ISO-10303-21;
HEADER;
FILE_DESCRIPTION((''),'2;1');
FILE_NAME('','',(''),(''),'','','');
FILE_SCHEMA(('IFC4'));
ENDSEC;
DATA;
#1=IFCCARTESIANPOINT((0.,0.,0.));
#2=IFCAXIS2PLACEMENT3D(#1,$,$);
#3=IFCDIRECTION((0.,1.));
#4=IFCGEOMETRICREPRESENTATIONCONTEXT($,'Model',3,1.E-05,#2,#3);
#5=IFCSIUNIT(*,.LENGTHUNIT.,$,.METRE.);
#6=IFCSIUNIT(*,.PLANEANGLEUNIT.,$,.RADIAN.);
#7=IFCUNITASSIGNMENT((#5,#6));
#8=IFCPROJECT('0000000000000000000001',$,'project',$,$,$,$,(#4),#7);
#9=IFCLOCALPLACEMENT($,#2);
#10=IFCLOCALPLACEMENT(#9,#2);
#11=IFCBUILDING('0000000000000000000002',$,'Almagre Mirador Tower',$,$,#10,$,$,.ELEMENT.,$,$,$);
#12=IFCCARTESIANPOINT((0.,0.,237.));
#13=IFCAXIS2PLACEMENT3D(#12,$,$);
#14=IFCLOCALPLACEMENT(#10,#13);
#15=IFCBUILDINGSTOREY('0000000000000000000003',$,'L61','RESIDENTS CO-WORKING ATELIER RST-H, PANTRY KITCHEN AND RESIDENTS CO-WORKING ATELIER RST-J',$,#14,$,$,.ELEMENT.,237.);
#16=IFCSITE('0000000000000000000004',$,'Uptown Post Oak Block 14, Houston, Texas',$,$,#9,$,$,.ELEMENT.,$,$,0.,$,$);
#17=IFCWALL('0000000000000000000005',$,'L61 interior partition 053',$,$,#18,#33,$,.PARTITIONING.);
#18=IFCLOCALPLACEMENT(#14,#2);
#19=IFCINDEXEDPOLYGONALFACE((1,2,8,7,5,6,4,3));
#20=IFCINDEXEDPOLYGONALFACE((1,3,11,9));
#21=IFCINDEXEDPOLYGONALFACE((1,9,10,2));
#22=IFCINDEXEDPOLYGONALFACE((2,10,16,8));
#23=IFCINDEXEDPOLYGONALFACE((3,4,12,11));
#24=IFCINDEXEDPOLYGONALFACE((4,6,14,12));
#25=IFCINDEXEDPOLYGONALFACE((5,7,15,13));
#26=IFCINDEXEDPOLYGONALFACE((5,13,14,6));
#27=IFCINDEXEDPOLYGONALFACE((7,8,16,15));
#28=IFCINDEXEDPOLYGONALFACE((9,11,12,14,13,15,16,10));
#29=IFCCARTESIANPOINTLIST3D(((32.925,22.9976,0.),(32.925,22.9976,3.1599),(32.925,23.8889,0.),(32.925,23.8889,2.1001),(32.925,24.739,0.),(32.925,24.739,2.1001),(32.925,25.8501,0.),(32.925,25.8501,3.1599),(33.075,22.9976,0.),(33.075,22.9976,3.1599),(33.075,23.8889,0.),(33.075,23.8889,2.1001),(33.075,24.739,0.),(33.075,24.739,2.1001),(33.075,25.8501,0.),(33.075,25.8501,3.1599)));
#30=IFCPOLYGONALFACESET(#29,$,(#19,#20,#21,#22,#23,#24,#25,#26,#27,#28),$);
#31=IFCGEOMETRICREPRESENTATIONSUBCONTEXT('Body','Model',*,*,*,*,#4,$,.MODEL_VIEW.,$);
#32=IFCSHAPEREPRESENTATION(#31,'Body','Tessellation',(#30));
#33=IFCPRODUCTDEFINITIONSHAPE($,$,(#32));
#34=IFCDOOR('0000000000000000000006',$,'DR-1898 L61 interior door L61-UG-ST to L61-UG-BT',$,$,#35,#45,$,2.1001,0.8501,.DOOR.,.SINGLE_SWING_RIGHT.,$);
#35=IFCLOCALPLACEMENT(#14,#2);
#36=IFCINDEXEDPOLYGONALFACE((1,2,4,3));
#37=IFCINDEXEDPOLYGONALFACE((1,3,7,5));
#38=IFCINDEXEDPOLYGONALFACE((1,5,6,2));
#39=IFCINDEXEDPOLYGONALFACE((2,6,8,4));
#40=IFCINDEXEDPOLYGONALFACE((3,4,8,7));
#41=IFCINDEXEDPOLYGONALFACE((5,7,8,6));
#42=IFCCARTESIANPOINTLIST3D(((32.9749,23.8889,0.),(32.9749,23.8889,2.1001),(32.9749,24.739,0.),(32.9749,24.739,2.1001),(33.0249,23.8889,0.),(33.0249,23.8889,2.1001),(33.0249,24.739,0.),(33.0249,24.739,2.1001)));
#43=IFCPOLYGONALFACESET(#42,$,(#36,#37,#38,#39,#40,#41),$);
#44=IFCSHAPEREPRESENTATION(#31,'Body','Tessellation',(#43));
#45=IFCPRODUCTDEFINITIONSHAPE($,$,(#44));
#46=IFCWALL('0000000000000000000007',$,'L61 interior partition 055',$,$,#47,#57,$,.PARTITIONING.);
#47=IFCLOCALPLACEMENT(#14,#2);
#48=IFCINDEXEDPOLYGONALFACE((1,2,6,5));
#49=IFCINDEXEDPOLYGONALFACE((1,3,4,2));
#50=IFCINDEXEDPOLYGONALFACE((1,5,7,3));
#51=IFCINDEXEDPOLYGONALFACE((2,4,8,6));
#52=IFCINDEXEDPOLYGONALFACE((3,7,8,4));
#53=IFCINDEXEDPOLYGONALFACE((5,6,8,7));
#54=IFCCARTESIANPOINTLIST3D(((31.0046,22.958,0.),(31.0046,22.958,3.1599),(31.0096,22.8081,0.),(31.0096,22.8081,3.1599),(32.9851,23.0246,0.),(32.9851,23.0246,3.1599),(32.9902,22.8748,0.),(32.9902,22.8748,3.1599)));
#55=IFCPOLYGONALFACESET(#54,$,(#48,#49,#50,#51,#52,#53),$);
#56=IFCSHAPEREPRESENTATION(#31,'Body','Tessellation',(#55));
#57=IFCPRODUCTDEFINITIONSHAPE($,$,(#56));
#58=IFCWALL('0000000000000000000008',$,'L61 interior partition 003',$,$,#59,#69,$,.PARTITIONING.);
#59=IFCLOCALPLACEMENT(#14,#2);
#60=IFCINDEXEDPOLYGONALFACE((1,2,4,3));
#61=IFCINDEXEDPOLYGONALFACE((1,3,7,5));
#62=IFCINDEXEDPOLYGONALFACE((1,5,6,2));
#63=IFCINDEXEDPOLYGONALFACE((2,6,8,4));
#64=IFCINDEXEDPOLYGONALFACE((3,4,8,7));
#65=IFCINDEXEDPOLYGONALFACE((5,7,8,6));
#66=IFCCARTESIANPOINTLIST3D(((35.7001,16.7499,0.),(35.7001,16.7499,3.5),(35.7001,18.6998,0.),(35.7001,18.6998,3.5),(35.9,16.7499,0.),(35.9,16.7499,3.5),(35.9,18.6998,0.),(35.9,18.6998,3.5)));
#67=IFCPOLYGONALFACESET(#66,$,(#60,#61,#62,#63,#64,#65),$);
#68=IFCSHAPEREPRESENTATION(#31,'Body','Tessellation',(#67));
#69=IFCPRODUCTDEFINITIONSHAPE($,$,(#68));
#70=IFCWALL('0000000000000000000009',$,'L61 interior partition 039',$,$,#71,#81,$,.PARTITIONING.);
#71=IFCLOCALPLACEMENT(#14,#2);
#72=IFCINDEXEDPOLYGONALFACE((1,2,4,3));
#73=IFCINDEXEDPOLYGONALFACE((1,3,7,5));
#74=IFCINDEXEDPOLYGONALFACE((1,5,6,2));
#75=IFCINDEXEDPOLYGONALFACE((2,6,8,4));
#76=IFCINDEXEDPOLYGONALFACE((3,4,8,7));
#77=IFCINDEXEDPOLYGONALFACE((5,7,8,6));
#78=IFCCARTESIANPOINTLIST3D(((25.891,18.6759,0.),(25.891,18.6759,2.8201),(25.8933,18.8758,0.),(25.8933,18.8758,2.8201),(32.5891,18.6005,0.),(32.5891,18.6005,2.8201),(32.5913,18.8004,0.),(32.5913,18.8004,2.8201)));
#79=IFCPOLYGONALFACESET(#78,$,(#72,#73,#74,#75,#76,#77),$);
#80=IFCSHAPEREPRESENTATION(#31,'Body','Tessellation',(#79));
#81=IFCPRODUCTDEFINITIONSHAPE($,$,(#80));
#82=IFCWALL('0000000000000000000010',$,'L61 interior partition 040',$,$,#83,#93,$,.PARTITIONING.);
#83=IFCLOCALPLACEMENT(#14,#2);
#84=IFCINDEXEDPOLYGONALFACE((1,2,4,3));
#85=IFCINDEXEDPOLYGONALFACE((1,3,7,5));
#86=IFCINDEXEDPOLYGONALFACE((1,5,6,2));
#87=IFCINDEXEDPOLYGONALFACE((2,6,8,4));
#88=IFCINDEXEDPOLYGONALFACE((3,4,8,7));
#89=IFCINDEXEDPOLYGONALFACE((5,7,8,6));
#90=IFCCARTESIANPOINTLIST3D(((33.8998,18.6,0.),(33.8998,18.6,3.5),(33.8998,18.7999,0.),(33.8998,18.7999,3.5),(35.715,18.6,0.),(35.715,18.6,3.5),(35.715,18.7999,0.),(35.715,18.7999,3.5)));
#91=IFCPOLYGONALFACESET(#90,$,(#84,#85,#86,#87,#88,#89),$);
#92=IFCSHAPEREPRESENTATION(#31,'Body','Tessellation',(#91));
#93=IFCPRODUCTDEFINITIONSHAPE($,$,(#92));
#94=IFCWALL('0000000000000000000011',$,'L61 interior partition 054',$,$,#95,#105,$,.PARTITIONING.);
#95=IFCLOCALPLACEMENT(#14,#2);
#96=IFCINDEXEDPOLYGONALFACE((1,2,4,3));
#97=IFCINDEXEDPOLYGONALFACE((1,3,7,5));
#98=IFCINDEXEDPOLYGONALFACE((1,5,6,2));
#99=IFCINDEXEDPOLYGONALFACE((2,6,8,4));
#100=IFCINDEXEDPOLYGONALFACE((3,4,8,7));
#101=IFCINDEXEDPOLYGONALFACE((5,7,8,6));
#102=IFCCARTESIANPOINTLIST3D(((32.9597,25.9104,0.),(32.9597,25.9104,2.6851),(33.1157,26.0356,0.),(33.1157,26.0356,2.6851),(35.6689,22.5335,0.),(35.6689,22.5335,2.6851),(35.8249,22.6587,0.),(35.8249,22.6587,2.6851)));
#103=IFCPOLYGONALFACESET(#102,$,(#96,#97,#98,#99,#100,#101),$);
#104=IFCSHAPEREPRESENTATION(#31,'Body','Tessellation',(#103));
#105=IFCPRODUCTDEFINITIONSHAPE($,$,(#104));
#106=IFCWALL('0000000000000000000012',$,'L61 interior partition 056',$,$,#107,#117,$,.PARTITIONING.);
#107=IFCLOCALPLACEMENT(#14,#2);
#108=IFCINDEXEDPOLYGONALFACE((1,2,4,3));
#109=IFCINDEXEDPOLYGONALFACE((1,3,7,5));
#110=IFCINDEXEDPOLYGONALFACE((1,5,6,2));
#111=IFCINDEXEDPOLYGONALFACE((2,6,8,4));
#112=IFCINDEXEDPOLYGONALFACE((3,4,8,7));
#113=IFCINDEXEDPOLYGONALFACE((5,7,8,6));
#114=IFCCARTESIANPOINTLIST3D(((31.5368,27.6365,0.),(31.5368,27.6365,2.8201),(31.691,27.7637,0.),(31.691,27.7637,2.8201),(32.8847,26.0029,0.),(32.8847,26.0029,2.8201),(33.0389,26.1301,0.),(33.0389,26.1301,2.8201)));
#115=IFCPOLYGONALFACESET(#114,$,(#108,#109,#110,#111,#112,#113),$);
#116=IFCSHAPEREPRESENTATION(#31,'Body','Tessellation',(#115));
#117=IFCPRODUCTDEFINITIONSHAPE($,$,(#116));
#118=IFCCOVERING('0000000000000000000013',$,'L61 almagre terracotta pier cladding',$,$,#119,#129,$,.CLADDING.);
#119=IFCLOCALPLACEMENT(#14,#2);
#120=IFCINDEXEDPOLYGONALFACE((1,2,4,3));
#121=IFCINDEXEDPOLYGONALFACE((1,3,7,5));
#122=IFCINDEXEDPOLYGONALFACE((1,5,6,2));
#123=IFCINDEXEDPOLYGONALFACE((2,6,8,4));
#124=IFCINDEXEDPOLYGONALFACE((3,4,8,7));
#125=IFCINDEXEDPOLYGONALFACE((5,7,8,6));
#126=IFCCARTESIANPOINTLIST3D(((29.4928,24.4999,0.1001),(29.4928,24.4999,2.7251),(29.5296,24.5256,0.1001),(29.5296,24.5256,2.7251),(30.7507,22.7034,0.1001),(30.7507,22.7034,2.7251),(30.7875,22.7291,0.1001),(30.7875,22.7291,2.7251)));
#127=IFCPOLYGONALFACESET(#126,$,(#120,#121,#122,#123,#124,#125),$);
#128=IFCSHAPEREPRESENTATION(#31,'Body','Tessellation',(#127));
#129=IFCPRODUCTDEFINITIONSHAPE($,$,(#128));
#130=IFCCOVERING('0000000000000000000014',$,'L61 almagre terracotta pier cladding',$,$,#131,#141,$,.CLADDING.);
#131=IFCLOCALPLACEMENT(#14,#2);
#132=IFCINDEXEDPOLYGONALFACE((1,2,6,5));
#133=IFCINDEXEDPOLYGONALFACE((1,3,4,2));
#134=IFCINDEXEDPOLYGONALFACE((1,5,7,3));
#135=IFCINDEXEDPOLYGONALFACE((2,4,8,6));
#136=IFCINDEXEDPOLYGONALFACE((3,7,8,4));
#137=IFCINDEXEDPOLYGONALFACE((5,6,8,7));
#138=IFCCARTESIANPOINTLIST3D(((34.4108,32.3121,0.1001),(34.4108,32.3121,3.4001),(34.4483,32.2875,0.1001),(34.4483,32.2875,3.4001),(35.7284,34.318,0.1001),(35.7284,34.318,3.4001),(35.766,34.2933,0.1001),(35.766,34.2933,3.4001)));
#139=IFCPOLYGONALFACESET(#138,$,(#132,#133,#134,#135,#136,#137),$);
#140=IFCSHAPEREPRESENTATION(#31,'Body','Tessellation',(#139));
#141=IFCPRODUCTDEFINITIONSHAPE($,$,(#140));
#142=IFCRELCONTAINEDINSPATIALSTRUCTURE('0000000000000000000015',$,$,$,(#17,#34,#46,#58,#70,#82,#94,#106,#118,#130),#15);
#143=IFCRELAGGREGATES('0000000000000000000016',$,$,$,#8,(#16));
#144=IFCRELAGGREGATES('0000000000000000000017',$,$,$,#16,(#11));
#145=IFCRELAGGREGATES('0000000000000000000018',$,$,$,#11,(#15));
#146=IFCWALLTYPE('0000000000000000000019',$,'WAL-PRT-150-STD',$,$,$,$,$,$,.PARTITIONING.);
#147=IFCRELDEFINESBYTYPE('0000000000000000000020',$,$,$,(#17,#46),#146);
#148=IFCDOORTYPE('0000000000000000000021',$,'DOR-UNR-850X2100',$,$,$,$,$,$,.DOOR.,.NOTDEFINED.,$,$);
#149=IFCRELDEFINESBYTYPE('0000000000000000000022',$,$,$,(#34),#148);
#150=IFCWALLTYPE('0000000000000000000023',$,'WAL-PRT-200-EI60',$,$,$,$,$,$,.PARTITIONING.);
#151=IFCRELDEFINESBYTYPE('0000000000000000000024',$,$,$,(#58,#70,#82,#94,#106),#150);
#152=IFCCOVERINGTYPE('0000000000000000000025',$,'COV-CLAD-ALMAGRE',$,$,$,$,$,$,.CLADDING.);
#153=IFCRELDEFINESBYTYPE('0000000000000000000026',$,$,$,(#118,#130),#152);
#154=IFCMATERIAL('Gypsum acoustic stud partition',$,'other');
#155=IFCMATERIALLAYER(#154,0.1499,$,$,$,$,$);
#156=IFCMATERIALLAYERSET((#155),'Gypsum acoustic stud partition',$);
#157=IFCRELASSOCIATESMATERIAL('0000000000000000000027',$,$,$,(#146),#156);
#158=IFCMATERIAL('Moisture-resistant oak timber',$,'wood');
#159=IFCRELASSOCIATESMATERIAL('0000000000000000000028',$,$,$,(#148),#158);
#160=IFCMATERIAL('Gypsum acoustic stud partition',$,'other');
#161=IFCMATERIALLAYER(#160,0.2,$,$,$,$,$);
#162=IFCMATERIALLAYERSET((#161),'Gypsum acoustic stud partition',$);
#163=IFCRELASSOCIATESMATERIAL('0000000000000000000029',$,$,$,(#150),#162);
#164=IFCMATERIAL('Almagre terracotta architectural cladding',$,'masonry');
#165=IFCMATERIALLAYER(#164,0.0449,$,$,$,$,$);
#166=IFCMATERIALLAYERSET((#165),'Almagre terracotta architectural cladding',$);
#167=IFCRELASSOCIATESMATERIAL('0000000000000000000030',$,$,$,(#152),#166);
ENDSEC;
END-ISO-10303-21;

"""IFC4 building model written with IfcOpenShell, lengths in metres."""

from ifc_helpers import new_model, si_unit, direction, frame, frame_2d, origin, origin_2d, place, context, subcontext, project, spatial, rectangle, extrude, material, layer, layer_set, type_object, element, fill, save


model = new_model("IFC4")

# Units and contexts
model_context = context("Model", 3, precision=1e-05, world=origin(), true_north=direction((0.0, 1.0)))
body_context = subcontext(model_context, "Body", "Model", "MODEL_VIEW")
ifc_project = project(units=[si_unit("LENGTHUNIT", "METRE"), si_unit("PLANEANGLEUNIT", "RADIAN")], contexts=[model_context])

# Site, building, storey
site_placement = place(None, origin())
site = spatial("IfcSite", under=ifc_project, at=site_placement, Name="Uptown Post Oak Block 14, Houston, Texas", CompositionType="ELEMENT", RefElevation=0.0)
building_placement = place(site_placement, origin())
building = spatial("IfcBuilding", under=site, at=building_placement, Name="Almagre Mirador Tower", CompositionType="ELEMENT")
storey_placement = place(building_placement, frame((0.0, 0.0, 237.0)))
storey = spatial("IfcBuildingStorey", under=building, at=storey_placement, Name="L61", Description="RESIDENTS CO-WORKING ATELIER RST-H, PANTRY KITCHEN AND RESIDENTS CO-WORKING ATELIER RST-J", CompositionType="ELEMENT", Elevation=237.0)

# Wall, opening, door
ifc_material_1 = material(Name="Gypsum acoustic stud partition", Category="other")
ifc_layer_1 = layer(ifc_material_1, 0.1499)
ifc_layer_set_1 = layer_set([ifc_layer_1], Name="Gypsum acoustic stud partition")
wall_type_1 = type_object("IfcWallType", Name="WAL-PRT-150-STD", PredefinedType="PARTITIONING", material=ifc_layer_set_1)
wall_1_placement = place(storey_placement, frame((33.0, 25.8501, 0.0), z_axis=(0.0, 0.0, 1.0), x_axis=(0.0, -1.0, 0.0)))
wall_1 = element("IfcWall", 1, at=wall_1_placement, inside=storey, type_object=wall_type_1, Name="L61 interior partition 053", PredefinedType="PARTITIONING", context=body_context, shape_type="SweptSolid", body=[
    extrude(rectangle(XDim=2.8525, YDim=0.1499, at=frame_2d((1.4263, 0.0))), origin(), (0.0, 0.0, 1.0), 3.1599),
])
opening_1_placement = place(wall_1_placement, frame((1.1111, 0.0, 0.0)))
opening_1 = element("IfcOpeningElement", 2, at=opening_1_placement, cuts=wall_1, PredefinedType="OPENING", context=body_context, shape_type="SweptSolid", body=[
    extrude(rectangle(XDim=0.8501, YDim=2.1001, at=frame_2d((0.425, 1.05))), frame((0.0, 0.085, 0.0), z_axis=(0.0, -1.0, 0.0), x_axis=(1.0, 0.0, 0.0)), (0.0, 0.0, 1.0), 0.1699),
])
ifc_material_2 = material(Name="Moisture-resistant oak timber", Category="wood")
door_type_1 = type_object("IfcDoorType", Name="DOR-UNR-850X2100", OperationType="NOTDEFINED", PredefinedType="DOOR", material=ifc_material_2)
door_1_placement = place(opening_1_placement, origin())
door_1 = element("IfcDoor", 3, at=door_1_placement, inside=storey, type_object=door_type_1, Name="DR-1898 L61 interior door L61-UG-ST to L61-UG-BT", OperationType="SINGLE_SWING_RIGHT", OverallHeight=2.1001, OverallWidth=0.8501, PredefinedType="DOOR", context=body_context, shape_type="SweptSolid", body=[
    extrude(rectangle(XDim=0.8501, YDim=2.1001, at=frame_2d((0.425, 1.05))), frame((0.0, 0.0249, 0.0), z_axis=(0.0, -1.0, 0.0), x_axis=(1.0, 0.0, 0.0)), (0.0, 0.0, 1.0), 0.05),
])
fill(opening_1, door_1)

# Walls
wall_2_placement = place(storey_placement, frame((32.9875, 22.9497, 0.0), z_axis=(0.0, 0.0, 1.0), x_axis=(-0.999434, -0.033635, 0.0)))
element("IfcWall", 4, at=wall_2_placement, inside=storey, type_object=wall_type_1, Name="L61 interior partition 055", PredefinedType="PARTITIONING", context=body_context, shape_type="SweptSolid", body=[
    extrude(rectangle(XDim=1.9817, YDim=0.1499, at=frame_2d((0.9907, 0.0))), origin(), (0.0, 0.0, 1.0), 3.1599),
])
ifc_material_3 = material(Name="Gypsum acoustic stud partition", Category="other")
ifc_layer_2 = layer(ifc_material_3, 0.2)
ifc_layer_set_2 = layer_set([ifc_layer_2], Name="Gypsum acoustic stud partition")
wall_type_2 = type_object("IfcWallType", Name="WAL-PRT-200-EI60", PredefinedType="PARTITIONING", material=ifc_layer_set_2)
wall_3_placement = place(storey_placement, frame((35.8, 18.7, 0.0), z_axis=(0.0, 0.0, 1.0), x_axis=(0.0, -1.0, 0.0)))
element("IfcWall", 5, at=wall_3_placement, inside=storey, type_object=wall_type_2, Name="L61 interior partition 003", PredefinedType="PARTITIONING", context=body_context, shape_type="SweptSolid", body=[
    extrude(rectangle(XDim=1.95, YDim=0.2, at=frame_2d((0.9751, 0.0))), origin(), (0.0, 0.0, 1.0), 3.5),
])
wall_4_placement = place(storey_placement, frame((32.5901, 18.7004, 0.0), z_axis=(0.0, 0.0, 1.0), x_axis=(-0.999937, 0.011262, 0.0)))
element("IfcWall", 6, at=wall_4_placement, inside=storey, type_object=wall_type_2, Name="L61 interior partition 039", PredefinedType="PARTITIONING", context=body_context, shape_type="SweptSolid", body=[
    extrude(rectangle(XDim=6.6985, YDim=0.2, at=frame_2d((3.3491, 0.0))), origin(), (0.0, 0.0, 1.0), 2.8201),
])
wall_5_placement = place(storey_placement, frame((35.7151, 18.7, 0.0), z_axis=(0.0, 0.0, 1.0), x_axis=(-1.0, 0.0, 0.0)))
element("IfcWall", 7, at=wall_5_placement, inside=storey, type_object=wall_type_2, Name="L61 interior partition 040", PredefinedType="PARTITIONING", context=body_context, shape_type="SweptSolid", body=[
    extrude(rectangle(XDim=1.8152, YDim=0.2, at=frame_2d((0.9077, 0.0))), origin(), (0.0, 0.0, 1.0), 3.5),
])
wall_6_placement = place(storey_placement, frame((35.7468, 22.5962, 0.0), z_axis=(0.0, 0.0, 1.0), x_axis=(-0.625774, 0.780004, 0.0)))
element("IfcWall", 8, at=wall_6_placement, inside=storey, type_object=wall_type_2, Name="L61 interior partition 054", PredefinedType="PARTITIONING", context=body_context, shape_type="SweptSolid", body=[
    extrude(rectangle(XDim=4.3293, YDim=0.2, at=frame_2d((2.1646, 0.0))), origin(), (0.0, 0.0, 1.0), 2.6851),
])
wall_7_placement = place(storey_placement, frame((32.9619, 26.0664, 0.0), z_axis=(0.0, 0.0, 1.0), x_axis=(-0.636446, 0.771321, 0.0)))
element("IfcWall", 9, at=wall_7_placement, inside=storey, type_object=wall_type_2, Name="L61 interior partition 056", PredefinedType="PARTITIONING", context=body_context, shape_type="SweptSolid", body=[
    extrude(rectangle(XDim=2.1179, YDim=0.2, at=frame_2d((1.0591, 0.0))), origin(), (0.0, 0.0, 1.0), 2.8201),
])

# Coverings
ifc_material_4 = material(Name="Almagre terracotta architectural cladding", Category="masonry")
ifc_layer_3 = layer(ifc_material_4, 0.0449)
ifc_layer_set_3 = layer_set([ifc_layer_3], Name="Almagre terracotta architectural cladding")
covering_type = type_object("IfcCoveringType", Name="COV-CLAD-ALMAGRE", PredefinedType="CLADDING", material=ifc_layer_set_3)
covering_1_placement = place(storey_placement, frame((30.1401, 23.6145, 0.1001), z_axis=(0.0, 0.0, 1.0), x_axis=(-0.573591, 0.819142, 0.0)))
element("IfcCovering", 10, at=covering_1_placement, inside=storey, type_object=covering_type, Name="L61 almagre terracotta pier cladding", PredefinedType="CLADDING", context=body_context, shape_type="SweptSolid", body=[
    extrude(rectangle(XDim=2.1931, YDim=0.0449, at=origin_2d()), origin(), (0.0, 0.0, 1.0), 2.625),
])
covering_2_placement = place(storey_placement, frame((35.0884, 33.3027, 0.1001), z_axis=(0.0, 0.0, 1.0), x_axis=(0.549037, 0.835798, 0.0)))
element("IfcCovering", 11, at=covering_2_placement, inside=storey, type_object=covering_type, Name="L61 almagre terracotta pier cladding", PredefinedType="CLADDING", context=body_context, shape_type="SweptSolid", body=[
    extrude(rectangle(XDim=2.3999, YDim=0.0449, at=origin_2d()), origin(), (0.0, 0.0, 1.0), 3.3),
])

save(model, "model.ifc")
